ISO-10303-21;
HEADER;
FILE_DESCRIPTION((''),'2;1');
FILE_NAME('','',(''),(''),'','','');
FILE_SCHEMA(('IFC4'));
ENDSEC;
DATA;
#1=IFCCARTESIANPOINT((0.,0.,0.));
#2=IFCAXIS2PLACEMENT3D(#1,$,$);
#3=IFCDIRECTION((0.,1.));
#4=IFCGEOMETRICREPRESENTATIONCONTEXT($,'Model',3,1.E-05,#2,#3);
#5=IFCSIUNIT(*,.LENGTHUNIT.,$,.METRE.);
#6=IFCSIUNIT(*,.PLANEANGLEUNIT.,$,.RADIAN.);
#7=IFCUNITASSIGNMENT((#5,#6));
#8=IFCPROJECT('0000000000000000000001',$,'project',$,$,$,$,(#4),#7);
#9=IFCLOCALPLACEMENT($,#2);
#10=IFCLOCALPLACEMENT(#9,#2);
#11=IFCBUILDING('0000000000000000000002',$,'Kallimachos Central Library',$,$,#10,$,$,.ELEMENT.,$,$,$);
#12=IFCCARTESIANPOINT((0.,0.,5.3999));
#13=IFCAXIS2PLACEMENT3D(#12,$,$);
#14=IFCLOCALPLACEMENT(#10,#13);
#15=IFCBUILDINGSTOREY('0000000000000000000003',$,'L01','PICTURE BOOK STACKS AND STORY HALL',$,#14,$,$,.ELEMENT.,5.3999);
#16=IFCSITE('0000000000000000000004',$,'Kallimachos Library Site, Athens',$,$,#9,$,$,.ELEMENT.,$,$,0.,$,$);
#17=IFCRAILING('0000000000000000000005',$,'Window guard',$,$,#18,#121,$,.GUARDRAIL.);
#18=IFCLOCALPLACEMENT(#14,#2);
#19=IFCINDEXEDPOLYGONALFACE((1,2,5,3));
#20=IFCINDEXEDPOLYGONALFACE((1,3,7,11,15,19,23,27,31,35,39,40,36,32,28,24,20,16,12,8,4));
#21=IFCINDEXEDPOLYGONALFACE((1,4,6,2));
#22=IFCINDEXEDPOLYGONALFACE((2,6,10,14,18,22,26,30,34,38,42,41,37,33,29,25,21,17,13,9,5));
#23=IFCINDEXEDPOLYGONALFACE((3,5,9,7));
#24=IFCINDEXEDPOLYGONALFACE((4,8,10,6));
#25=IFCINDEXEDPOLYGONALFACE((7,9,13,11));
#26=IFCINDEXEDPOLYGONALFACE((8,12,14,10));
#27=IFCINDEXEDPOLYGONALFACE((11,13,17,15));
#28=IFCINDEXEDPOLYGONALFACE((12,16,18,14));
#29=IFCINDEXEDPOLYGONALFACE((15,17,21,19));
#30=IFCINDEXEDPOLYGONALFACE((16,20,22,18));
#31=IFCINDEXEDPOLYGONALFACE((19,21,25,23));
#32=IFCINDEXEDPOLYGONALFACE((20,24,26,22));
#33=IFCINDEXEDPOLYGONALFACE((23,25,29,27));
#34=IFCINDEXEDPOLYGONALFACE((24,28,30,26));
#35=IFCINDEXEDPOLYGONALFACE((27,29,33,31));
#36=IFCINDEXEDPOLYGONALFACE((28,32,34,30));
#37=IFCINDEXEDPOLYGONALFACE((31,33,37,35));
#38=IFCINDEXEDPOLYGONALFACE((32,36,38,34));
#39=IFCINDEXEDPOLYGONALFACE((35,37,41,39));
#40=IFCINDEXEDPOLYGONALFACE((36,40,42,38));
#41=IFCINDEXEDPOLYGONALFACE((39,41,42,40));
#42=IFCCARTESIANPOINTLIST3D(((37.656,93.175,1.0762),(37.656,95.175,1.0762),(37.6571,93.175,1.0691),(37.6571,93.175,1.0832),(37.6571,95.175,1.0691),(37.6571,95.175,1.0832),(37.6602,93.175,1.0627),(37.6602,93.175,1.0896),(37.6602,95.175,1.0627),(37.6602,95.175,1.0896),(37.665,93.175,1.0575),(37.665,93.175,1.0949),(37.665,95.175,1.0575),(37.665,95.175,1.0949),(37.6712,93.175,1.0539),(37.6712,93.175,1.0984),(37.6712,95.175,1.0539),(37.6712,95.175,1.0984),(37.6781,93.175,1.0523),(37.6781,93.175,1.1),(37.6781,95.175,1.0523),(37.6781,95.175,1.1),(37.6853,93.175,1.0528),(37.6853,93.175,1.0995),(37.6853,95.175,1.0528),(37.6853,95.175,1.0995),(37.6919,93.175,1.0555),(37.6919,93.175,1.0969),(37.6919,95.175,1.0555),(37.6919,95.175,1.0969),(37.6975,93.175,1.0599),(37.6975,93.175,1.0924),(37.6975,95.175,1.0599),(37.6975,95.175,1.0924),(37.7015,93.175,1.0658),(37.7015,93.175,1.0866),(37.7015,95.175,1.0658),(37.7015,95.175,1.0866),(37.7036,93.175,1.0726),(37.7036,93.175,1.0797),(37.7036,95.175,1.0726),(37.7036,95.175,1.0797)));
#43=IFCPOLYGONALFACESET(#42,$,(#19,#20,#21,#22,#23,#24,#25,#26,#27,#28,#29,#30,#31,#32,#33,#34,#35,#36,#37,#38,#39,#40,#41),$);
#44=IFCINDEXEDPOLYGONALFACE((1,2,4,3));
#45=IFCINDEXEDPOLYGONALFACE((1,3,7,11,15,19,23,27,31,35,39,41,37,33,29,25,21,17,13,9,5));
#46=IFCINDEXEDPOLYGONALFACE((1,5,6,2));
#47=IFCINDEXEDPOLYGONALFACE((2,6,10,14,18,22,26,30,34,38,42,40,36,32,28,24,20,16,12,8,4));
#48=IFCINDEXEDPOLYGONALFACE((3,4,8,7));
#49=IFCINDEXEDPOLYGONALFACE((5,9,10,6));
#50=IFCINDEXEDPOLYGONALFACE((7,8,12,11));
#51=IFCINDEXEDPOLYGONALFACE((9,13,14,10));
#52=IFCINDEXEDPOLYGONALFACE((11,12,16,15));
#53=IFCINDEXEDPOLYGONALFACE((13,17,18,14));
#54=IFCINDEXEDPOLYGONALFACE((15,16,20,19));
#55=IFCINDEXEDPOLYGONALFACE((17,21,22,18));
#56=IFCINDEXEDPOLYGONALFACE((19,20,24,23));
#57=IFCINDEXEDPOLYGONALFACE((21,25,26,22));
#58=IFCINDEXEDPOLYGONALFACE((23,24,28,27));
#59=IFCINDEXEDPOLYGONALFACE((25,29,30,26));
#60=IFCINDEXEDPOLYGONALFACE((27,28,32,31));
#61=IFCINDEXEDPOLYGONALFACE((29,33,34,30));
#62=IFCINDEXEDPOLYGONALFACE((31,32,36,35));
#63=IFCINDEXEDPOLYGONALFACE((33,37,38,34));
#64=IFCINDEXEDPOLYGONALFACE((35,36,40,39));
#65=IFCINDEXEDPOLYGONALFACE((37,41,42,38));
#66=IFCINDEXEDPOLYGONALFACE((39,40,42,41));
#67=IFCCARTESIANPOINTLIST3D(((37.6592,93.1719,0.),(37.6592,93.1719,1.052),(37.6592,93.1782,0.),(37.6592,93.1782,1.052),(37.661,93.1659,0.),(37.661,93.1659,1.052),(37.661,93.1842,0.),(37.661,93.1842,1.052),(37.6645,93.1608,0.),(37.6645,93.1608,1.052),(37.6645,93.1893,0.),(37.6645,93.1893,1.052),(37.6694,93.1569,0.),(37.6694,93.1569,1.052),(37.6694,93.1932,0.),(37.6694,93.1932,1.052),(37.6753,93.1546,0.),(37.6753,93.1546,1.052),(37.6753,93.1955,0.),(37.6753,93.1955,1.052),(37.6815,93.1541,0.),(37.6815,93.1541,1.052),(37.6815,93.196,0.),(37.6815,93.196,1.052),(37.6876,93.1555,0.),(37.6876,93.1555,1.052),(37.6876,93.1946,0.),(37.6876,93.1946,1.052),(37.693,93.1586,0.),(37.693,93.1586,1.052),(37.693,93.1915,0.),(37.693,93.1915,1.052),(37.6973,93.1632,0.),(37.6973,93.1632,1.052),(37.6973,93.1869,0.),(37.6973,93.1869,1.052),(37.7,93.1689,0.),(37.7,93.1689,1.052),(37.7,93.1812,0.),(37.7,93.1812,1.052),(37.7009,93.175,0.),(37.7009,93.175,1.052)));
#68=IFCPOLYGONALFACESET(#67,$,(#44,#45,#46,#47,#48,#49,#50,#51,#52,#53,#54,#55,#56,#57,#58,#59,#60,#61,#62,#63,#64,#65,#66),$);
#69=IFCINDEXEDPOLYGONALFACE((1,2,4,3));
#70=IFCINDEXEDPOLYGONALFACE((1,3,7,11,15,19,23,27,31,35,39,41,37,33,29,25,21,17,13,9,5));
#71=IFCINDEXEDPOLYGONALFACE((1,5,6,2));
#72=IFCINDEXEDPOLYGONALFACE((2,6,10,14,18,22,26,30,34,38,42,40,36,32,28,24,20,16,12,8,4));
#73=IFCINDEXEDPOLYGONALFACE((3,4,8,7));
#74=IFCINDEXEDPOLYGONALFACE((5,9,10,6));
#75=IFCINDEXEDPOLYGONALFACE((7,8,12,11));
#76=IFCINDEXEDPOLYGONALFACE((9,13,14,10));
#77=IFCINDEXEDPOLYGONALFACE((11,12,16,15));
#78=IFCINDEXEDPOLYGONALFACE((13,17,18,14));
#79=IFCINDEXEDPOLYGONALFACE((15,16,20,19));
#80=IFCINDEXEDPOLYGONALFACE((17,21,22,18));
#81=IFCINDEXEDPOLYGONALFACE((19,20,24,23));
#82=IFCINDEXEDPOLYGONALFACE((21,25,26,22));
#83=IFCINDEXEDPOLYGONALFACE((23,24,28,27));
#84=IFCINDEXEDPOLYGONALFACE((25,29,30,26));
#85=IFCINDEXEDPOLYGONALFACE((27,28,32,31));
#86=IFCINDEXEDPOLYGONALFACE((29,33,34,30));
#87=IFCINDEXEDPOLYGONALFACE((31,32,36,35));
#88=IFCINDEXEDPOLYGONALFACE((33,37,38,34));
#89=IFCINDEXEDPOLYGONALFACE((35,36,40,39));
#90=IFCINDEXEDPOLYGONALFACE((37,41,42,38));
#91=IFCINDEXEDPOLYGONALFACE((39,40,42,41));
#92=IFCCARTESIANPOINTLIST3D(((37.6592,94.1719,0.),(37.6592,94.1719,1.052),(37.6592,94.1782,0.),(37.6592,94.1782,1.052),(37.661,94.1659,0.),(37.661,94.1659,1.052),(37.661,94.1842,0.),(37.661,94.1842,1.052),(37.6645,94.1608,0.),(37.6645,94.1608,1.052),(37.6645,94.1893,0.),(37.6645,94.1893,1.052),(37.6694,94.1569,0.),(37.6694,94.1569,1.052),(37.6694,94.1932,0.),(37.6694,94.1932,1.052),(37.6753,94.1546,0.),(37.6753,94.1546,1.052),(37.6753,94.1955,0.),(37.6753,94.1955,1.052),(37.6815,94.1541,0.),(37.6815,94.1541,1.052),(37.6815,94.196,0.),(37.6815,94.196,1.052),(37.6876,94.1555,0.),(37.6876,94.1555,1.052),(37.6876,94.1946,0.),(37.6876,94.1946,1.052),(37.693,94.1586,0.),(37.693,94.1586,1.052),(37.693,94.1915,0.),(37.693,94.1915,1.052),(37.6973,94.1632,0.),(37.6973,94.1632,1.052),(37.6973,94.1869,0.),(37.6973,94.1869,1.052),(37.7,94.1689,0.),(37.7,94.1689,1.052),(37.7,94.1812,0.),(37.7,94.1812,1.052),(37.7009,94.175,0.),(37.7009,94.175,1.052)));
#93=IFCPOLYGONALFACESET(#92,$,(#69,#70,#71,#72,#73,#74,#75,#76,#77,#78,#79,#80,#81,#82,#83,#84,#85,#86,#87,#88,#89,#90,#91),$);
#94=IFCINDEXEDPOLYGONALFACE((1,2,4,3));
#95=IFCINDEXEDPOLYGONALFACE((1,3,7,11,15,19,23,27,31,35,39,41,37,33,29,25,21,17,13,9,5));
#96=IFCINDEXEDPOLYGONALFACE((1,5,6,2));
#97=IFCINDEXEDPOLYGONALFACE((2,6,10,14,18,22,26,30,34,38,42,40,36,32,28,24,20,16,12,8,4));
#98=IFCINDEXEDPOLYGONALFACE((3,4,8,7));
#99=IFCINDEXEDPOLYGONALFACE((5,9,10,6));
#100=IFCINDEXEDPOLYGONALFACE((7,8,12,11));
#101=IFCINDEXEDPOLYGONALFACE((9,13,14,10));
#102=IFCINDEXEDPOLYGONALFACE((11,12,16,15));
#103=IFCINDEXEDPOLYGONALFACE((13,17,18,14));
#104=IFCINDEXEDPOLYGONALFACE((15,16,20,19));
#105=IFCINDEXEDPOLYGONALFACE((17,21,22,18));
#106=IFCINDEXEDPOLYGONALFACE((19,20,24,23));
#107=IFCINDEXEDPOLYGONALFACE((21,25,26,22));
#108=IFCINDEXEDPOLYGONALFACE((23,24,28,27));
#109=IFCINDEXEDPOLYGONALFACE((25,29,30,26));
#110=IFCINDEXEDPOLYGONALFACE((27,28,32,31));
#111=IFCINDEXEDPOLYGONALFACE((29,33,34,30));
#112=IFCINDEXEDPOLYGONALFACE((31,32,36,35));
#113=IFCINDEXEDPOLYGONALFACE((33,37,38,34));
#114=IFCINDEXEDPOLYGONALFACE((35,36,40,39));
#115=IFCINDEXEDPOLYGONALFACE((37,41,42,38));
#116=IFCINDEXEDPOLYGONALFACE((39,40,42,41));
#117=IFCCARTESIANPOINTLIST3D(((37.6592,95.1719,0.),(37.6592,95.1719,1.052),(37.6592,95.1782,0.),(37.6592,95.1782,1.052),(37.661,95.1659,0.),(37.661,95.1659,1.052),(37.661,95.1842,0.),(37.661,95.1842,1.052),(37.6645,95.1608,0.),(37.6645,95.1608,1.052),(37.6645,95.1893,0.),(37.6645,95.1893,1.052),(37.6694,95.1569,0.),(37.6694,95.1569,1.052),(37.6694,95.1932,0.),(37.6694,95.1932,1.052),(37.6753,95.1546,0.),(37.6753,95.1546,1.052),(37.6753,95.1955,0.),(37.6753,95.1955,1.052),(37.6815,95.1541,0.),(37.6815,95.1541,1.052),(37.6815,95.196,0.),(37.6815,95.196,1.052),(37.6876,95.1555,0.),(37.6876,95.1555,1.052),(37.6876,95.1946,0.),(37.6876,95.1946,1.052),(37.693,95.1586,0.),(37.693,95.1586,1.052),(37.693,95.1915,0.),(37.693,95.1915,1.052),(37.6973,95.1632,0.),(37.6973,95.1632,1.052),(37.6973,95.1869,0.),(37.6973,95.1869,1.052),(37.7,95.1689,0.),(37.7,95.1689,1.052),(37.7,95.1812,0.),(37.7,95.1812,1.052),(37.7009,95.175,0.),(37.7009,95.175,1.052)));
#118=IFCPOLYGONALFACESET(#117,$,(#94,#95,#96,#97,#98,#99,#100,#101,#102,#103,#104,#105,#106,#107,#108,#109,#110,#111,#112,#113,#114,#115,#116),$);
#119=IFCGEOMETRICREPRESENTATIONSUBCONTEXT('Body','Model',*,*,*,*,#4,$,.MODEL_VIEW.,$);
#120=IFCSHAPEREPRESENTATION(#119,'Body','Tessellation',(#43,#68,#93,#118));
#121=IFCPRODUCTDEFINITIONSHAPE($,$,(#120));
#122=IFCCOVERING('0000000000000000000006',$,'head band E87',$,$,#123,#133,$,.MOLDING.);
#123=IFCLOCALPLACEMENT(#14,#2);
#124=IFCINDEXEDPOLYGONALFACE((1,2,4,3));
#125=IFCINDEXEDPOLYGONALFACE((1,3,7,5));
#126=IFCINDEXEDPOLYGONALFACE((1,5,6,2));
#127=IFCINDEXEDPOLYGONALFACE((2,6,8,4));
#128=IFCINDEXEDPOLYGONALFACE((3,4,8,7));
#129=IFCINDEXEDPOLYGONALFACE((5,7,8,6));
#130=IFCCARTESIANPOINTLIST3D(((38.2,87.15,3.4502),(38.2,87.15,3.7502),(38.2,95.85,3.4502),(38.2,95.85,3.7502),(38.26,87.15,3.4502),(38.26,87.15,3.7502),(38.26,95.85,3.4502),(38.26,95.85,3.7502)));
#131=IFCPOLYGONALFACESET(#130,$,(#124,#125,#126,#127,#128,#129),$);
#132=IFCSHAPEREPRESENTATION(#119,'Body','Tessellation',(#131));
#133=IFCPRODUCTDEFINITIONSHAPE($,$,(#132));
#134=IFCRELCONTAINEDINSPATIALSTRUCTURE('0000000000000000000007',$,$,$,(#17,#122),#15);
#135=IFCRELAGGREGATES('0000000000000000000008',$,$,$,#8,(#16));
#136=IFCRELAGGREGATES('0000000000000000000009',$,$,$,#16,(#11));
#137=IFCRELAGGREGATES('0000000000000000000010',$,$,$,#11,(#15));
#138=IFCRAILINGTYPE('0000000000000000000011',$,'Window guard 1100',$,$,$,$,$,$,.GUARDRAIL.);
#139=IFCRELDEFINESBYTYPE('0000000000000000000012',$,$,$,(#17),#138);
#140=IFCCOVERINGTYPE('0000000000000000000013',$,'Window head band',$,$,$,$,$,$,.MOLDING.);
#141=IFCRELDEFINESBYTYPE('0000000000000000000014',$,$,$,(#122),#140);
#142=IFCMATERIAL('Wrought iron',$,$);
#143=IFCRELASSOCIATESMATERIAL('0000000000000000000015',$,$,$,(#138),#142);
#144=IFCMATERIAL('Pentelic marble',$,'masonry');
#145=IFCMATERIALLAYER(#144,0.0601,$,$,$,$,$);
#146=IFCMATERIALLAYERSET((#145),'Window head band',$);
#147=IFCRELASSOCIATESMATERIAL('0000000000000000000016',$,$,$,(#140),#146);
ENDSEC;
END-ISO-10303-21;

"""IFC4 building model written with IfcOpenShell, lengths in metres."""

from ifc_helpers import new_model, si_unit, direction, frame, origin, origin_2d, place, context, subcontext, project, spatial, rectangle, circle, extrude, material, layer, layer_set, type_object, element, save


model = new_model("IFC4")

# Units and contexts
model_context = context("Model", 3, precision=1e-05, world=origin(), true_north=direction((0.0, 1.0)))
body_context = subcontext(model_context, "Body", "Model", "MODEL_VIEW")
ifc_project = project(units=[si_unit("LENGTHUNIT", "METRE"), si_unit("PLANEANGLEUNIT", "RADIAN")], contexts=[model_context])

# Site, building, storey
site_placement = place(None, origin())
site = spatial("IfcSite", under=ifc_project, at=site_placement, Name="Kallimachos Library Site, Athens", CompositionType="ELEMENT", RefElevation=0.0)
building_placement = place(site_placement, origin())
building = spatial("IfcBuilding", under=site, at=building_placement, Name="Kallimachos Central Library", CompositionType="ELEMENT")
storey_placement = place(building_placement, frame((0.0, 0.0, 5.3999)))
storey = spatial("IfcBuildingStorey", under=building, at=storey_placement, Name="L01", Description="PICTURE BOOK STACKS AND STORY HALL", CompositionType="ELEMENT", Elevation=5.3999)

# Railing
ifc_material_1 = material(Name="Wrought iron")
railing_type = type_object("IfcRailingType", Name="Window guard 1100", PredefinedType="GUARDRAIL", material=ifc_material_1)
for number, where, name in (
    (1, (37.6799, 93.175, 0.0), "Window guard"),
):
    element("IfcRailing", number, at=place(storey_placement, frame(where)), inside=storey, type_object=railing_type, Name=name, PredefinedType="GUARDRAIL", context=body_context, shape_type="SweptSolid", body=[
        extrude(circle(Radius=0.0239, at=origin_2d()), frame((0.0, 0.0, 1.0762), z_axis=(0.0, 1.0, 0.0), x_axis=(-1.0, 0.0, 0.0)), (0.0, 0.0, 1.0), 2.0),
        extrude(circle(Radius=0.021, at=origin_2d()), origin(), (0.0, 0.0, 1.0), 1.052),
        extrude(circle(Radius=0.021, at=origin_2d()), frame((0.0, 1.0, 0.0)), (0.0, 0.0, 1.0), 1.052),
        extrude(circle(Radius=0.021, at=origin_2d()), frame((0.0, 2.0, 0.0)), (0.0, 0.0, 1.0), 1.052),
    ])

# Covering
ifc_material_2 = material(Name="Pentelic marble", Category="masonry")
ifc_layer_1 = layer(ifc_material_2, 0.0601)
ifc_layer_set_1 = layer_set([ifc_layer_1], Name="Window head band")
covering_type_1 = type_object("IfcCoveringType", Name="Window head band", PredefinedType="MOLDING", material=ifc_layer_set_1)
covering_1_placement = place(storey_placement, frame((38.23, 91.5, 3.4502), z_axis=(0.0, 0.0, 1.0), x_axis=(1.0, 0.0, 0.0)))
element("IfcCovering", 2, at=covering_1_placement, inside=storey, type_object=covering_type_1, Name="head band E87", PredefinedType="MOLDING", context=body_context, shape_type="SweptSolid", body=[
    extrude(rectangle(XDim=0.0601, YDim=8.7, at=origin_2d()), origin(), (0.0, 0.0, 1.0), 0.3),
])

save(model, "model.ifc")
